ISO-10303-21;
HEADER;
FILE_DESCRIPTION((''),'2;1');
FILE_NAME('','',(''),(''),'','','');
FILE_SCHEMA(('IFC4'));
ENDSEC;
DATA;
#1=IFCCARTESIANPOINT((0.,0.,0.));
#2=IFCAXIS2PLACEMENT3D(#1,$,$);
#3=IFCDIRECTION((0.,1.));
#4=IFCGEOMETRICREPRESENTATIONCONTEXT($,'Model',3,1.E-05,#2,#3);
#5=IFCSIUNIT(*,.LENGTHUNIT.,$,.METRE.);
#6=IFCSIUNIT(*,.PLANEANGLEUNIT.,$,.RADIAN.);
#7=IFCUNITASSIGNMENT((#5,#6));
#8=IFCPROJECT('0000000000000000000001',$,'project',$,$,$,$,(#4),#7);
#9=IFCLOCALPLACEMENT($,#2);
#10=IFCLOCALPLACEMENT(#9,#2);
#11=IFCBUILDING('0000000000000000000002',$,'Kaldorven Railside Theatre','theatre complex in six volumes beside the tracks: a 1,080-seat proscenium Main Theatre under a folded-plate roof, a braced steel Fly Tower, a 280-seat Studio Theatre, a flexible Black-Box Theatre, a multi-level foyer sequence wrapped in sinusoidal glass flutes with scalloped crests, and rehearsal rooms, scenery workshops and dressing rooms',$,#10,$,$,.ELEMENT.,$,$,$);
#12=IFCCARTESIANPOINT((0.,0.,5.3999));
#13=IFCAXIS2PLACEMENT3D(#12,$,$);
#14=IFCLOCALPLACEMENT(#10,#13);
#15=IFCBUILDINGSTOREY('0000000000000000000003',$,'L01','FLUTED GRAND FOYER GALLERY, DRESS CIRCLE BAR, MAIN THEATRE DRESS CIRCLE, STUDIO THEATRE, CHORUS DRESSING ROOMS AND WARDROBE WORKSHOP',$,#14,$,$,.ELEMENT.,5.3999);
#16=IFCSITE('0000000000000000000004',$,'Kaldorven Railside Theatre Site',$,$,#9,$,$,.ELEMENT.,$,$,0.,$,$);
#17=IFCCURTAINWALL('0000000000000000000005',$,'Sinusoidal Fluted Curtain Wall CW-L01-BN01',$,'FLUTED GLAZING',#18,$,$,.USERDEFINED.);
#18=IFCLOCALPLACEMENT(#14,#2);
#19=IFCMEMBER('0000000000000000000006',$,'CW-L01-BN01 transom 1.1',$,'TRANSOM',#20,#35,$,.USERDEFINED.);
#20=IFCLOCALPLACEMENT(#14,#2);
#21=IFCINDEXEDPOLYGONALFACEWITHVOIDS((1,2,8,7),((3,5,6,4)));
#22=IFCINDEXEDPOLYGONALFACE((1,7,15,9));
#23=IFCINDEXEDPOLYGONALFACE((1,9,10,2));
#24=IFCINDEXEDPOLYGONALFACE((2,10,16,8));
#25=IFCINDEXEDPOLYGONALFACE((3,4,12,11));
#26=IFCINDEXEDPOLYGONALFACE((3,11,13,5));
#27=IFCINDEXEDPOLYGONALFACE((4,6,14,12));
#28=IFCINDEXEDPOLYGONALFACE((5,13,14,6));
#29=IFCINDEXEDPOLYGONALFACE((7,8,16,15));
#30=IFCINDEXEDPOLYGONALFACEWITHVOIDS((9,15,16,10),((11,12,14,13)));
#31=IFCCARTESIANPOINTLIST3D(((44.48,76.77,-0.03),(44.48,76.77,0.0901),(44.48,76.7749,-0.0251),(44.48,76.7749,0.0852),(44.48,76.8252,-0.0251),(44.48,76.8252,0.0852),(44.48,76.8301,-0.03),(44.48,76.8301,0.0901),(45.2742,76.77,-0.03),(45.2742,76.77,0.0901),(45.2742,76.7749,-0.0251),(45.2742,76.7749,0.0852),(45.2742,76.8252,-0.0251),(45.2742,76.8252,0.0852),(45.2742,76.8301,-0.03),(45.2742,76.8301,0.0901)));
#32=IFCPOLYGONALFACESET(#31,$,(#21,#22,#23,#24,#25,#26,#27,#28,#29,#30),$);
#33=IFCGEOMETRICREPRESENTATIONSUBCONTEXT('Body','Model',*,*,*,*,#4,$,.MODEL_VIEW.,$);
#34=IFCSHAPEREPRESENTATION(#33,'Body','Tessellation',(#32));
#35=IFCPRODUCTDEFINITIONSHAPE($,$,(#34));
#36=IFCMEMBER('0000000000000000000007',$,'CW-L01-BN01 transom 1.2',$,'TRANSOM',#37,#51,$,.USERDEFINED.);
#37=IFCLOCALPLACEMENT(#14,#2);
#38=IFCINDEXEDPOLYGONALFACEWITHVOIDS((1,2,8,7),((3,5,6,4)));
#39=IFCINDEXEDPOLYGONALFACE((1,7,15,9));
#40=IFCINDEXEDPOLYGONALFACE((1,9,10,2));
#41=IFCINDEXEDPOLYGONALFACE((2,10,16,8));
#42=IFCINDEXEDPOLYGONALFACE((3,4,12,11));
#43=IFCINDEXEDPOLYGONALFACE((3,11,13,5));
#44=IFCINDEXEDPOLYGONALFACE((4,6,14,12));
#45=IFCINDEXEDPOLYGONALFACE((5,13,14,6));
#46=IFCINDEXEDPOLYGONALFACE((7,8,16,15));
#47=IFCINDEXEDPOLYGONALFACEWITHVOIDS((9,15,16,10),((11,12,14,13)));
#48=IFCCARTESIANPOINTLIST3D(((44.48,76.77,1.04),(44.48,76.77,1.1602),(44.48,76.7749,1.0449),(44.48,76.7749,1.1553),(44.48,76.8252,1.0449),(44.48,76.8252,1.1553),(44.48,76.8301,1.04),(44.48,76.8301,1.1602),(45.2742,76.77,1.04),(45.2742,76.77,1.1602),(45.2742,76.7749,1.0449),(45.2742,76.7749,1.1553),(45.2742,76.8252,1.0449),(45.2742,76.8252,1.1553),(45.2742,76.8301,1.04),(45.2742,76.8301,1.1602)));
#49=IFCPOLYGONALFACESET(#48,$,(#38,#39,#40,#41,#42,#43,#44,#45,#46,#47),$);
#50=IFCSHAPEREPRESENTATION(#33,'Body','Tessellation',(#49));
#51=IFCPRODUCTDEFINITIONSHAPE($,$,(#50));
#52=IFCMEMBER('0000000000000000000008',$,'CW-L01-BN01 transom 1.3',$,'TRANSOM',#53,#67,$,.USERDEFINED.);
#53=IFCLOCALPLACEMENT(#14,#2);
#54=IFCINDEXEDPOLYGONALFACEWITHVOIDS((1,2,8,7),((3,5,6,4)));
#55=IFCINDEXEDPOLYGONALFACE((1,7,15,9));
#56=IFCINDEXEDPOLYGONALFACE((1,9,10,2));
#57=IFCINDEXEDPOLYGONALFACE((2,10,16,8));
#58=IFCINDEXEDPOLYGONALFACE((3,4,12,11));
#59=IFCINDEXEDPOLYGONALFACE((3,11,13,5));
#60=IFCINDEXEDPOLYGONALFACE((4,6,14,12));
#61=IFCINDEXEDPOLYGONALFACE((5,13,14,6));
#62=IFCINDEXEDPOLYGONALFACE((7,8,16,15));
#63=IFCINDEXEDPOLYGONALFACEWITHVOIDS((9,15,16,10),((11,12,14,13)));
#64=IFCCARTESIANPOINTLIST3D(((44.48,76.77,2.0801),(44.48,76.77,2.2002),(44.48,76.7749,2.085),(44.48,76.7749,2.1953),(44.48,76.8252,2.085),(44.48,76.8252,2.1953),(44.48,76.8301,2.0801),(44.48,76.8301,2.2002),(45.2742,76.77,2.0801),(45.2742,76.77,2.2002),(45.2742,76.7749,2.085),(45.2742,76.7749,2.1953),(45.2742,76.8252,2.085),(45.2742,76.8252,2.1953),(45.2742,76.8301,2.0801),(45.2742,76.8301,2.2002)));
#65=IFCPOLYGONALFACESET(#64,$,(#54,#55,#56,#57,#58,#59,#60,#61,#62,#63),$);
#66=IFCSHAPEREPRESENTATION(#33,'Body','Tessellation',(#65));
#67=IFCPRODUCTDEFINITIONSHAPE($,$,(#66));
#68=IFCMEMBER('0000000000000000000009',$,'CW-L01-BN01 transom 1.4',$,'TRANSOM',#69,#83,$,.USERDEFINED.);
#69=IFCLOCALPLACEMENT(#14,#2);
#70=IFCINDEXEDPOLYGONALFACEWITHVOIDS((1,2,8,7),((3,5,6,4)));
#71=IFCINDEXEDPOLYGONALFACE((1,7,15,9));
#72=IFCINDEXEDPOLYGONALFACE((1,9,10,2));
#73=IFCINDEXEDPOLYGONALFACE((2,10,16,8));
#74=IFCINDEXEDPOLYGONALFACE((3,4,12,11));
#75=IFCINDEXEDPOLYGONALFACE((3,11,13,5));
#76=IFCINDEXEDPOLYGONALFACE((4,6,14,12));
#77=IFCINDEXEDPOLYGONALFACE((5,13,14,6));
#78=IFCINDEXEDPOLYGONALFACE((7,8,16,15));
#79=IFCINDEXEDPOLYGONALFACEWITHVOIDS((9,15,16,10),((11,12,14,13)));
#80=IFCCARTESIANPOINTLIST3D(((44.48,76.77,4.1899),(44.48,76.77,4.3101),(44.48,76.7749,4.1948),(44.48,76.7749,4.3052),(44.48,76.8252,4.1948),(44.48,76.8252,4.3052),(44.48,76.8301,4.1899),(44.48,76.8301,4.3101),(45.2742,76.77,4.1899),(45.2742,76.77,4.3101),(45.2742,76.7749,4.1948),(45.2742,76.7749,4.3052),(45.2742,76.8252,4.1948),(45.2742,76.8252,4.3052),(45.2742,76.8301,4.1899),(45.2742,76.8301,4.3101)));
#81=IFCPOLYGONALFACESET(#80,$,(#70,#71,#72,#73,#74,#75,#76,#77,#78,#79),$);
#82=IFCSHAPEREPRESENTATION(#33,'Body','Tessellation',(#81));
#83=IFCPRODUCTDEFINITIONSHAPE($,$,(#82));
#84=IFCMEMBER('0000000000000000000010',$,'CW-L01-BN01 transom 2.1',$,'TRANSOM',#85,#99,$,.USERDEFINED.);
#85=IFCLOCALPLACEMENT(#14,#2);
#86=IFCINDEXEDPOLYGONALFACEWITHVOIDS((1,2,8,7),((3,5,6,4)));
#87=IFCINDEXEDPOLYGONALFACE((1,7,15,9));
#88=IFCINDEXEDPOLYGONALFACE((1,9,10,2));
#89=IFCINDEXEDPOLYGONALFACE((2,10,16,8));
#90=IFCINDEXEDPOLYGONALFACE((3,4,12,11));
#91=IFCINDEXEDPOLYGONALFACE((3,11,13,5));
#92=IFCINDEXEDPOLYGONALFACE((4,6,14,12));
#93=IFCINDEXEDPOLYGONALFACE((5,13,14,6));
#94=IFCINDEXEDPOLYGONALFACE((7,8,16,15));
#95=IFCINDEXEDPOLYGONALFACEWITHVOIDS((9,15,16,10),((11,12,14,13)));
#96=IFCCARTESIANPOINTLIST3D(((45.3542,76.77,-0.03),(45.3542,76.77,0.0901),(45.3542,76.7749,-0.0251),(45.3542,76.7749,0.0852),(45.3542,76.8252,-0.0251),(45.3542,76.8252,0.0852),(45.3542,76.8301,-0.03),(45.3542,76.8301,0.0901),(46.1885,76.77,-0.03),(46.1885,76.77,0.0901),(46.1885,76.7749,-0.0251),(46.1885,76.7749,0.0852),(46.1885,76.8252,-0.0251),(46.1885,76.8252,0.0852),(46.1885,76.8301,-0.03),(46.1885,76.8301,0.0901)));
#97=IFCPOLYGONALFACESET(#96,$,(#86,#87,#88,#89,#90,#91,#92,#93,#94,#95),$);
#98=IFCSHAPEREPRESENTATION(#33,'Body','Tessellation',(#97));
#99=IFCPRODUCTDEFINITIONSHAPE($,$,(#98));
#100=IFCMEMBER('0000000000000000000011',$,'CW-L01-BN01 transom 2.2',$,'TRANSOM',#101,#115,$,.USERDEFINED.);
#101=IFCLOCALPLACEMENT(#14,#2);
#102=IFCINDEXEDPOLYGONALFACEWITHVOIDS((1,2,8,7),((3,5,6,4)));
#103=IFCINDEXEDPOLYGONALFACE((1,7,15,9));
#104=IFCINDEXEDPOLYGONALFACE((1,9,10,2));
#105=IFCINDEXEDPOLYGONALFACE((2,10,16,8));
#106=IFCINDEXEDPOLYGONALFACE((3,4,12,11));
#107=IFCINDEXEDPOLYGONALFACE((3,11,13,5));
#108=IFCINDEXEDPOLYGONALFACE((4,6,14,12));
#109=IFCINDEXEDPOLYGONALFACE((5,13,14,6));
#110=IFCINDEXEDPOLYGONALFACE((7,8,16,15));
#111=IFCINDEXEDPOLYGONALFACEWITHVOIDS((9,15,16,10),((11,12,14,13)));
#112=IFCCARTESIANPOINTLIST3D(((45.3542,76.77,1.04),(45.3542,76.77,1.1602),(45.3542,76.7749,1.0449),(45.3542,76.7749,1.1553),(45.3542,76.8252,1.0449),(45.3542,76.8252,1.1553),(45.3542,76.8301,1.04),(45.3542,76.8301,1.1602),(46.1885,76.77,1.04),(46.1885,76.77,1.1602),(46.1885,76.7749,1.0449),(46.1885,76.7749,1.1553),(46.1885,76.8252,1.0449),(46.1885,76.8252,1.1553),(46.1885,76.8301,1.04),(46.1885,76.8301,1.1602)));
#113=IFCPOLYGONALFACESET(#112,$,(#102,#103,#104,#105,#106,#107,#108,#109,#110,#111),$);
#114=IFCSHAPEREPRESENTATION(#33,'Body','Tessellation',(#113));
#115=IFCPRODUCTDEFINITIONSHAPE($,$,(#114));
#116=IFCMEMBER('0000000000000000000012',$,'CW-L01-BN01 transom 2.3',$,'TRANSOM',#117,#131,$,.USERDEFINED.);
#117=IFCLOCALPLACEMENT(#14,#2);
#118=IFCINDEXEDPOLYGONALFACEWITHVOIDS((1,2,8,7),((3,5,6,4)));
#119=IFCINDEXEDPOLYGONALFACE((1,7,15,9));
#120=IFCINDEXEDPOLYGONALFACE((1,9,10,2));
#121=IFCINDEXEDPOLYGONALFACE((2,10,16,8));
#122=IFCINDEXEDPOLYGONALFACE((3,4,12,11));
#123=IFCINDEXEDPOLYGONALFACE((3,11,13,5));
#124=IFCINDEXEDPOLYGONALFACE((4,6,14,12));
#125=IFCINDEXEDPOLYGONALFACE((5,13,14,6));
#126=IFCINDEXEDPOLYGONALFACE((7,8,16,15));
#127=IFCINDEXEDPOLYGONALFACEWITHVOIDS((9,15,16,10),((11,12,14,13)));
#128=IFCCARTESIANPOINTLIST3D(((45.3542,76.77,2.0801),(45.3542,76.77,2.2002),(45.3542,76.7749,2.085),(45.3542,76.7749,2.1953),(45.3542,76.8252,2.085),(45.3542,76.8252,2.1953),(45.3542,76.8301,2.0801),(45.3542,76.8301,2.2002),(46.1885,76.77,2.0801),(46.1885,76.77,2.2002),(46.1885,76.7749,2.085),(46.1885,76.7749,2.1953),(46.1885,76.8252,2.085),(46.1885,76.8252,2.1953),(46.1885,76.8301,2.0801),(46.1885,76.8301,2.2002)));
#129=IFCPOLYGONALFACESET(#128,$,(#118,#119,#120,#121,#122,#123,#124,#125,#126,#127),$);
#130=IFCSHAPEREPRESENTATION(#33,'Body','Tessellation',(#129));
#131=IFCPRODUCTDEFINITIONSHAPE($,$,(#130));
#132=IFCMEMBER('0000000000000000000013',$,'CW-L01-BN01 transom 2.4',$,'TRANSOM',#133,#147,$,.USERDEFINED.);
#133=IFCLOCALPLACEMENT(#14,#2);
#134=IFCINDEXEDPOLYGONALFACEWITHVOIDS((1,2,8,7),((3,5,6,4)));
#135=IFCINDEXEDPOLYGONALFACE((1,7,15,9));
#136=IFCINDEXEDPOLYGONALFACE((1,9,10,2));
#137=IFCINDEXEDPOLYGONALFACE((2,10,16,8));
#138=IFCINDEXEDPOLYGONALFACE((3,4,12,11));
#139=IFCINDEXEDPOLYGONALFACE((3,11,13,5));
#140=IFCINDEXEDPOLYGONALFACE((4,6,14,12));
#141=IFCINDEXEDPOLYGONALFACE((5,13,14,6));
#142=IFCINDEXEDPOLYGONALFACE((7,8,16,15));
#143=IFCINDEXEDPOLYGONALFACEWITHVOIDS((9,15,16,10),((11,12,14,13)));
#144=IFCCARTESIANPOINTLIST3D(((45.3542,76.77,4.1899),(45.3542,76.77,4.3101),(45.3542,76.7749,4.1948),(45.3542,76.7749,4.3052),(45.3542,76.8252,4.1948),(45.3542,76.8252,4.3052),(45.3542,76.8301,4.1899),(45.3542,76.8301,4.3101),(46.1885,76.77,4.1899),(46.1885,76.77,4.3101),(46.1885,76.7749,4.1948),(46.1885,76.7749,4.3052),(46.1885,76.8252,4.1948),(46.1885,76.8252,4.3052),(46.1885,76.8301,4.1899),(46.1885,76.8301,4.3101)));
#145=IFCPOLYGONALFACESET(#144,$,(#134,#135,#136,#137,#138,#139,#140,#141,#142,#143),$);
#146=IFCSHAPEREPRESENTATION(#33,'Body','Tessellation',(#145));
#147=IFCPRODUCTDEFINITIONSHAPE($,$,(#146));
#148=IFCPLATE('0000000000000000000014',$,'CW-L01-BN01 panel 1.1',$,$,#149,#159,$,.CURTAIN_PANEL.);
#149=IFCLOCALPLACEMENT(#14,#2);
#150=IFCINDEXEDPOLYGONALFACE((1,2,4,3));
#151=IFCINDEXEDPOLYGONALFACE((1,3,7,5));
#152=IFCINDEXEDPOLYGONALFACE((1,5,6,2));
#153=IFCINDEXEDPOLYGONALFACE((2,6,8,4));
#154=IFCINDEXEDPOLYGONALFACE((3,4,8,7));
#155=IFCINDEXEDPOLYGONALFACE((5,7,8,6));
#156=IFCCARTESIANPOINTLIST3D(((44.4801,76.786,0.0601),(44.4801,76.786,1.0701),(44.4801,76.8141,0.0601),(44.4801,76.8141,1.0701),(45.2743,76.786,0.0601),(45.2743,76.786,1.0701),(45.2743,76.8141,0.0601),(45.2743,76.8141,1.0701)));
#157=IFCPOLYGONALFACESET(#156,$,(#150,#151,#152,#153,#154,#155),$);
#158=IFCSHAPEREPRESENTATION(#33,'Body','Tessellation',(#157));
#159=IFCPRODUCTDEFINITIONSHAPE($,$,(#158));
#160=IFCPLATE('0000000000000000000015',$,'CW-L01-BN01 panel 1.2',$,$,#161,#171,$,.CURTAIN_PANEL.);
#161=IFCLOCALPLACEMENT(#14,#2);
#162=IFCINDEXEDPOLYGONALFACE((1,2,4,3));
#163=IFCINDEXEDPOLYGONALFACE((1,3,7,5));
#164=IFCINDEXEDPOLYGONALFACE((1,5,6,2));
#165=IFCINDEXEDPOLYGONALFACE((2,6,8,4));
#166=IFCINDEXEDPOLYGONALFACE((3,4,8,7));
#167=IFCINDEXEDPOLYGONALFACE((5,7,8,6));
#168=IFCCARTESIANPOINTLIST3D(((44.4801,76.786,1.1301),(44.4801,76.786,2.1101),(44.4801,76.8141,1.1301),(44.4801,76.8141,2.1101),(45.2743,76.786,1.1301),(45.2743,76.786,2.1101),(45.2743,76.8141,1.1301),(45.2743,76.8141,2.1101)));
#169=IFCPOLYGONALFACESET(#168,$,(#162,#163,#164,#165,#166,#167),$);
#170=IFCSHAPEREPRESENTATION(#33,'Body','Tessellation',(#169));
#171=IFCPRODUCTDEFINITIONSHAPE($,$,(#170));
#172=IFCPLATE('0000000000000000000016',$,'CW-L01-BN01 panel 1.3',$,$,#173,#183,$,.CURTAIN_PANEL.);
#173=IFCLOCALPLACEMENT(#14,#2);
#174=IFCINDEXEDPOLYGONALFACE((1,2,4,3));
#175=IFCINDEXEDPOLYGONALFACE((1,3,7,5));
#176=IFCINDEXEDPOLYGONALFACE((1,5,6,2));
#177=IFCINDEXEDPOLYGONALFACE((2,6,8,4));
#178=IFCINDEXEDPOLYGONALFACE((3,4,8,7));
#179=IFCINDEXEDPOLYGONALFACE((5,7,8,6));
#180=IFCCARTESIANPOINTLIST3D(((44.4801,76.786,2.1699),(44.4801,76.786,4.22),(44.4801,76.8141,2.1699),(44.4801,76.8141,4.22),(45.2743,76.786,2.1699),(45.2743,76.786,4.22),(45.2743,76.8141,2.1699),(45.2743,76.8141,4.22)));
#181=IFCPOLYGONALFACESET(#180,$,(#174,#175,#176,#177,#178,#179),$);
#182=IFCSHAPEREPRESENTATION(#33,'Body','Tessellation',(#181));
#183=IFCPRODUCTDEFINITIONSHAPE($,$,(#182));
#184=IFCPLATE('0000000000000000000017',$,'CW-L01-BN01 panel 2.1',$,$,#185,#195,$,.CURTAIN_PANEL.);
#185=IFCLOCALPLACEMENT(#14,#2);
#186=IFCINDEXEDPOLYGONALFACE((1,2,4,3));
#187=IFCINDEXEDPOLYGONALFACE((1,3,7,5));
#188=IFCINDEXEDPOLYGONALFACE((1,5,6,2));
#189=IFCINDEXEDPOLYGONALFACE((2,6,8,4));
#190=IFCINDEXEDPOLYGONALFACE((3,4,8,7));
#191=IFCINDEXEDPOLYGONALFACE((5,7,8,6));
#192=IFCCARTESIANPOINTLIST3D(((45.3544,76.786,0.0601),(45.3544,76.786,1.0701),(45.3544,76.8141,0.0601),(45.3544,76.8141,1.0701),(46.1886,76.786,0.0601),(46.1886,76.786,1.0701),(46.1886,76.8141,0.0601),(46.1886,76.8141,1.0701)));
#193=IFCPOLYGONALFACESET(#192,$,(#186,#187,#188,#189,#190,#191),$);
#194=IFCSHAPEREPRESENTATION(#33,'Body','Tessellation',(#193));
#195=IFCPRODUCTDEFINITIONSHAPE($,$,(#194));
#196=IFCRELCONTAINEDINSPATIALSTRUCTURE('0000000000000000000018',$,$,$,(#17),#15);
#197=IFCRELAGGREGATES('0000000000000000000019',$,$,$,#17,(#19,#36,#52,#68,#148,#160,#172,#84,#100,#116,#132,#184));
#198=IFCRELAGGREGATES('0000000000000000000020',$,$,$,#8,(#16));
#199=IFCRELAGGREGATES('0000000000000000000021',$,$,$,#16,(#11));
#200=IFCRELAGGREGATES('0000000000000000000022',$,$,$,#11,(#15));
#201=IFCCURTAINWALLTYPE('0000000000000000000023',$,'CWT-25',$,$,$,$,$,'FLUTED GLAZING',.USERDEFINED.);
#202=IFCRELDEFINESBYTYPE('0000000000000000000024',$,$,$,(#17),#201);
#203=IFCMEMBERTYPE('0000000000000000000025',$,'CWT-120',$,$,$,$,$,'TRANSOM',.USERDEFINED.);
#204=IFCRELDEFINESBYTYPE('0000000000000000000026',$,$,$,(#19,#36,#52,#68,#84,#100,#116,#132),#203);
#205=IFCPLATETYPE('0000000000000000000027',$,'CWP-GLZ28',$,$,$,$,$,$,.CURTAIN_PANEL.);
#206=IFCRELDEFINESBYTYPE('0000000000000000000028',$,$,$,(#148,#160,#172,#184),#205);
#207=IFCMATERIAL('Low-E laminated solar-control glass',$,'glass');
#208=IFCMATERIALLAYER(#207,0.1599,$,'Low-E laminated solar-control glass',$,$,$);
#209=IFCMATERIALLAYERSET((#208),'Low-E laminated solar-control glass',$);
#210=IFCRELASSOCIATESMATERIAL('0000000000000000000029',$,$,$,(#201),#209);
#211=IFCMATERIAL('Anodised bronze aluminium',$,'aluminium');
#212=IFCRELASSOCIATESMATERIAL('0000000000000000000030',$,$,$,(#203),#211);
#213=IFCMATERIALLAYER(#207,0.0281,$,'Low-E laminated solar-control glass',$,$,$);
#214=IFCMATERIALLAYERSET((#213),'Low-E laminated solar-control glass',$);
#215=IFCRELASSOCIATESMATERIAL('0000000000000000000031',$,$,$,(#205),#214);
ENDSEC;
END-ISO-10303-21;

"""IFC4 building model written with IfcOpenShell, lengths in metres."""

from ifc_helpers import new_model, si_unit, direction, frame, origin, origin_2d, place, context, subcontext, project, spatial, rectangle, hollow_rectangle, extrude, material, layer, layer_set, material_profile, profile_set, type_object, element, aggregate, save


model = new_model("IFC4")

# Units and contexts
model_context = context("Model", 3, precision=1e-05, world=origin(), true_north=direction((0.0, 1.0)))
body_context = subcontext(model_context, "Body", "Model", "MODEL_VIEW")
ifc_project = project(units=[si_unit("LENGTHUNIT", "METRE"), si_unit("PLANEANGLEUNIT", "RADIAN")], contexts=[model_context])

# Site, building, storey
site_placement = place(None, origin())
site = spatial("IfcSite", under=ifc_project, at=site_placement, Name="Kaldorven Railside Theatre Site", CompositionType="ELEMENT", RefElevation=0.0)
building_placement = place(site_placement, origin())
building = spatial("IfcBuilding", under=site, at=building_placement, Name="Kaldorven Railside Theatre", Description="theatre complex in six volumes beside the tracks: a 1,080-seat proscenium Main Theatre under a folded-plate roof, a braced steel Fly Tower, a 280-seat Studio Theatre, a flexible Black-Box Theatre, a multi-level foyer sequence wrapped in sinusoidal glass flutes with scalloped crests, and rehearsal rooms, scenery workshops and dressing rooms", CompositionType="ELEMENT")
storey_placement = place(building_placement, frame((0.0, 0.0, 5.3999)))
storey = spatial("IfcBuildingStorey", under=building, at=storey_placement, Name="L01", Description="FLUTED GRAND FOYER GALLERY, DRESS CIRCLE BAR, MAIN THEATRE DRESS CIRCLE, STUDIO THEATRE, CHORUS DRESSING ROOMS AND WARDROBE WORKSHOP", CompositionType="ELEMENT", Elevation=5.3999)

# Curtain wall, members, plates
ifc_material_1 = material(Name="Low-E laminated solar-control glass", Category="glass")
ifc_layer_1 = layer(ifc_material_1, 0.1599, Name="Low-E laminated solar-control glass")
ifc_layer_set_1 = layer_set([ifc_layer_1], Name="Low-E laminated solar-control glass")
curtain_wall_type = type_object("IfcCurtainWallType", Name="CWT-25", ElementType="FLUTED GLAZING", PredefinedType="USERDEFINED", material=ifc_layer_set_1)
curtain_wall_placement = place(storey_placement, origin())
curtain_wall = element("IfcCurtainWall", 1, at=curtain_wall_placement, inside=storey, type_object=curtain_wall_type, Name="Sinusoidal Fluted Curtain Wall CW-L01-BN01", ObjectType="FLUTED GLAZING", PredefinedType="USERDEFINED")
ifc_material_2 = material(Name="Anodised bronze aluminium", Category="aluminium")
ifc_material_profile_1 = material_profile(ifc_material_2, hollow_rectangle(XDim=0.0601, YDim=0.1201, WallThickness=0.0049, at=origin_2d()), Name="RHS 120x60x5")
ifc_profile_set_1 = profile_set([ifc_material_profile_1], Name="Anodised bronze aluminium")
member_type_1 = type_object("IfcMemberType", Name="CWT-120", ElementType="TRANSOM", PredefinedType="USERDEFINED", material=ifc_profile_set_1)
member_1_placement = place(storey_placement, frame((44.48, 76.8, 0.03), z_axis=(1.0, 0.0, 0.0), x_axis=(0.0, 1.0, 0.0)))
member_1 = element("IfcMember", 2, at=member_1_placement, type_object=member_type_1, Name="CW-L01-BN01 transom 1.1", ObjectType="TRANSOM", PredefinedType="USERDEFINED", context=body_context, shape_type="SweptSolid", body=[
    extrude(hollow_rectangle(XDim=0.0601, YDim=0.1201, WallThickness=0.0049, at=origin_2d()), origin(), (0.0, 0.0, 1.0), 0.7942),
])
member_2_placement = place(storey_placement, frame((44.48, 76.8, 1.1001), z_axis=(1.0, 0.0, 0.0), x_axis=(0.0, 1.0, 0.0)))
member_2 = element("IfcMember", 3, at=member_2_placement, type_object=member_type_1, Name="CW-L01-BN01 transom 1.2", ObjectType="TRANSOM", PredefinedType="USERDEFINED", context=body_context, shape_type="SweptSolid", body=[
    extrude(hollow_rectangle(XDim=0.0601, YDim=0.1201, WallThickness=0.0049, at=origin_2d()), origin(), (0.0, 0.0, 1.0), 0.7942),
])
member_3_placement = place(storey_placement, frame((44.48, 76.8, 2.1401), z_axis=(1.0, 0.0, 0.0), x_axis=(0.0, 1.0, 0.0)))
member_3 = element("IfcMember", 4, at=member_3_placement, type_object=member_type_1, Name="CW-L01-BN01 transom 1.3", ObjectType="TRANSOM", PredefinedType="USERDEFINED", context=body_context, shape_type="SweptSolid", body=[
    extrude(hollow_rectangle(XDim=0.0601, YDim=0.1201, WallThickness=0.0049, at=origin_2d()), origin(), (0.0, 0.0, 1.0), 0.7942),
])
member_4_placement = place(storey_placement, frame((44.48, 76.8, 4.25), z_axis=(1.0, 0.0, 0.0), x_axis=(0.0, 1.0, 0.0)))
member_4 = element("IfcMember", 5, at=member_4_placement, type_object=member_type_1, Name="CW-L01-BN01 transom 1.4", ObjectType="TRANSOM", PredefinedType="USERDEFINED", context=body_context, shape_type="SweptSolid", body=[
    extrude(hollow_rectangle(XDim=0.0601, YDim=0.1201, WallThickness=0.0049, at=origin_2d()), origin(), (0.0, 0.0, 1.0), 0.7942),
])
member_5_placement = place(storey_placement, frame((45.3542, 76.8, 0.03), z_axis=(1.0, 0.0, 0.0), x_axis=(0.0, 1.0, 0.0)))
member_5 = element("IfcMember", 6, at=member_5_placement, type_object=member_type_1, Name="CW-L01-BN01 transom 2.1", ObjectType="TRANSOM", PredefinedType="USERDEFINED", context=body_context, shape_type="SweptSolid", body=[
    extrude(hollow_rectangle(XDim=0.0601, YDim=0.1201, WallThickness=0.0049, at=origin_2d()), origin(), (0.0, 0.0, 1.0), 0.8342),
])
member_6_placement = place(storey_placement, frame((45.3542, 76.8, 1.1001), z_axis=(1.0, 0.0, 0.0), x_axis=(0.0, 1.0, 0.0)))
member_6 = element("IfcMember", 7, at=member_6_placement, type_object=member_type_1, Name="CW-L01-BN01 transom 2.2", ObjectType="TRANSOM", PredefinedType="USERDEFINED", context=body_context, shape_type="SweptSolid", body=[
    extrude(hollow_rectangle(XDim=0.0601, YDim=0.1201, WallThickness=0.0049, at=origin_2d()), origin(), (0.0, 0.0, 1.0), 0.8342),
])
member_7_placement = place(storey_placement, frame((45.3542, 76.8, 2.1401), z_axis=(1.0, 0.0, 0.0), x_axis=(0.0, 1.0, 0.0)))
member_7 = element("IfcMember", 8, at=member_7_placement, type_object=member_type_1, Name="CW-L01-BN01 transom 2.3", ObjectType="TRANSOM", PredefinedType="USERDEFINED", context=body_context, shape_type="SweptSolid", body=[
    extrude(hollow_rectangle(XDim=0.0601, YDim=0.1201, WallThickness=0.0049, at=origin_2d()), origin(), (0.0, 0.0, 1.0), 0.8342),
])
member_8_placement = place(storey_placement, frame((45.3542, 76.8, 4.25), z_axis=(1.0, 0.0, 0.0), x_axis=(0.0, 1.0, 0.0)))
member_8 = element("IfcMember", 9, at=member_8_placement, type_object=member_type_1, Name="CW-L01-BN01 transom 2.4", ObjectType="TRANSOM", PredefinedType="USERDEFINED", context=body_context, shape_type="SweptSolid", body=[
    extrude(hollow_rectangle(XDim=0.0601, YDim=0.1201, WallThickness=0.0049, at=origin_2d()), origin(), (0.0, 0.0, 1.0), 0.8342),
])
ifc_layer_2 = layer(ifc_material_1, 0.0281, Name="Low-E laminated solar-control glass")
ifc_layer_set_2 = layer_set([ifc_layer_2], Name="Low-E laminated solar-control glass")
plate_type = type_object("IfcPlateType", Name="CWP-GLZ28", PredefinedType="CURTAIN_PANEL", material=ifc_layer_set_2)
plate_1_placement = place(storey_placement, frame((44.8772, 76.8, 0.0601), z_axis=(0.0, 0.0, 1.0), x_axis=(1.0, 0.0, 0.0)))
plate_1 = element("IfcPlate", 10, at=plate_1_placement, type_object=plate_type, Name="CW-L01-BN01 panel 1.1", PredefinedType="CURTAIN_PANEL", context=body_context, shape_type="SweptSolid", body=[
    extrude(rectangle(XDim=0.7942, YDim=0.0281, at=origin_2d()), origin(), (0.0, 0.0, 1.0), 1.01),
])
plate_2_placement = place(storey_placement, frame((44.8772, 76.8, 1.1301), z_axis=(0.0, 0.0, 1.0), x_axis=(1.0, 0.0, 0.0)))
plate_2 = element("IfcPlate", 11, at=plate_2_placement, type_object=plate_type, Name="CW-L01-BN01 panel 1.2", PredefinedType="CURTAIN_PANEL", context=body_context, shape_type="SweptSolid", body=[
    extrude(rectangle(XDim=0.7942, YDim=0.0281, at=origin_2d()), origin(), (0.0, 0.0, 1.0), 0.98),
])
plate_3_placement = place(storey_placement, frame((44.8772, 76.8, 2.1699), z_axis=(0.0, 0.0, 1.0), x_axis=(1.0, 0.0, 0.0)))
plate_3 = element("IfcPlate", 12, at=plate_3_placement, type_object=plate_type, Name="CW-L01-BN01 panel 1.3", PredefinedType="CURTAIN_PANEL", context=body_context, shape_type="SweptSolid", body=[
    extrude(rectangle(XDim=0.7942, YDim=0.0281, at=origin_2d()), origin(), (0.0, 0.0, 1.0), 2.05),
])
plate_4_placement = place(storey_placement, frame((45.7715, 76.8, 0.0601), z_axis=(0.0, 0.0, 1.0), x_axis=(1.0, 0.0, 0.0)))
plate_4 = element("IfcPlate", 13, at=plate_4_placement, type_object=plate_type, Name="CW-L01-BN01 panel 2.1", PredefinedType="CURTAIN_PANEL", context=body_context, shape_type="SweptSolid", body=[
    extrude(rectangle(XDim=0.8342, YDim=0.0281, at=origin_2d()), origin(), (0.0, 0.0, 1.0), 1.01),
])
aggregate(curtain_wall, [member_1, member_2, member_3, member_4, plate_1, plate_2, plate_3, member_5, member_6, member_7, member_8, plate_4])

save(model, "model.ifc")
